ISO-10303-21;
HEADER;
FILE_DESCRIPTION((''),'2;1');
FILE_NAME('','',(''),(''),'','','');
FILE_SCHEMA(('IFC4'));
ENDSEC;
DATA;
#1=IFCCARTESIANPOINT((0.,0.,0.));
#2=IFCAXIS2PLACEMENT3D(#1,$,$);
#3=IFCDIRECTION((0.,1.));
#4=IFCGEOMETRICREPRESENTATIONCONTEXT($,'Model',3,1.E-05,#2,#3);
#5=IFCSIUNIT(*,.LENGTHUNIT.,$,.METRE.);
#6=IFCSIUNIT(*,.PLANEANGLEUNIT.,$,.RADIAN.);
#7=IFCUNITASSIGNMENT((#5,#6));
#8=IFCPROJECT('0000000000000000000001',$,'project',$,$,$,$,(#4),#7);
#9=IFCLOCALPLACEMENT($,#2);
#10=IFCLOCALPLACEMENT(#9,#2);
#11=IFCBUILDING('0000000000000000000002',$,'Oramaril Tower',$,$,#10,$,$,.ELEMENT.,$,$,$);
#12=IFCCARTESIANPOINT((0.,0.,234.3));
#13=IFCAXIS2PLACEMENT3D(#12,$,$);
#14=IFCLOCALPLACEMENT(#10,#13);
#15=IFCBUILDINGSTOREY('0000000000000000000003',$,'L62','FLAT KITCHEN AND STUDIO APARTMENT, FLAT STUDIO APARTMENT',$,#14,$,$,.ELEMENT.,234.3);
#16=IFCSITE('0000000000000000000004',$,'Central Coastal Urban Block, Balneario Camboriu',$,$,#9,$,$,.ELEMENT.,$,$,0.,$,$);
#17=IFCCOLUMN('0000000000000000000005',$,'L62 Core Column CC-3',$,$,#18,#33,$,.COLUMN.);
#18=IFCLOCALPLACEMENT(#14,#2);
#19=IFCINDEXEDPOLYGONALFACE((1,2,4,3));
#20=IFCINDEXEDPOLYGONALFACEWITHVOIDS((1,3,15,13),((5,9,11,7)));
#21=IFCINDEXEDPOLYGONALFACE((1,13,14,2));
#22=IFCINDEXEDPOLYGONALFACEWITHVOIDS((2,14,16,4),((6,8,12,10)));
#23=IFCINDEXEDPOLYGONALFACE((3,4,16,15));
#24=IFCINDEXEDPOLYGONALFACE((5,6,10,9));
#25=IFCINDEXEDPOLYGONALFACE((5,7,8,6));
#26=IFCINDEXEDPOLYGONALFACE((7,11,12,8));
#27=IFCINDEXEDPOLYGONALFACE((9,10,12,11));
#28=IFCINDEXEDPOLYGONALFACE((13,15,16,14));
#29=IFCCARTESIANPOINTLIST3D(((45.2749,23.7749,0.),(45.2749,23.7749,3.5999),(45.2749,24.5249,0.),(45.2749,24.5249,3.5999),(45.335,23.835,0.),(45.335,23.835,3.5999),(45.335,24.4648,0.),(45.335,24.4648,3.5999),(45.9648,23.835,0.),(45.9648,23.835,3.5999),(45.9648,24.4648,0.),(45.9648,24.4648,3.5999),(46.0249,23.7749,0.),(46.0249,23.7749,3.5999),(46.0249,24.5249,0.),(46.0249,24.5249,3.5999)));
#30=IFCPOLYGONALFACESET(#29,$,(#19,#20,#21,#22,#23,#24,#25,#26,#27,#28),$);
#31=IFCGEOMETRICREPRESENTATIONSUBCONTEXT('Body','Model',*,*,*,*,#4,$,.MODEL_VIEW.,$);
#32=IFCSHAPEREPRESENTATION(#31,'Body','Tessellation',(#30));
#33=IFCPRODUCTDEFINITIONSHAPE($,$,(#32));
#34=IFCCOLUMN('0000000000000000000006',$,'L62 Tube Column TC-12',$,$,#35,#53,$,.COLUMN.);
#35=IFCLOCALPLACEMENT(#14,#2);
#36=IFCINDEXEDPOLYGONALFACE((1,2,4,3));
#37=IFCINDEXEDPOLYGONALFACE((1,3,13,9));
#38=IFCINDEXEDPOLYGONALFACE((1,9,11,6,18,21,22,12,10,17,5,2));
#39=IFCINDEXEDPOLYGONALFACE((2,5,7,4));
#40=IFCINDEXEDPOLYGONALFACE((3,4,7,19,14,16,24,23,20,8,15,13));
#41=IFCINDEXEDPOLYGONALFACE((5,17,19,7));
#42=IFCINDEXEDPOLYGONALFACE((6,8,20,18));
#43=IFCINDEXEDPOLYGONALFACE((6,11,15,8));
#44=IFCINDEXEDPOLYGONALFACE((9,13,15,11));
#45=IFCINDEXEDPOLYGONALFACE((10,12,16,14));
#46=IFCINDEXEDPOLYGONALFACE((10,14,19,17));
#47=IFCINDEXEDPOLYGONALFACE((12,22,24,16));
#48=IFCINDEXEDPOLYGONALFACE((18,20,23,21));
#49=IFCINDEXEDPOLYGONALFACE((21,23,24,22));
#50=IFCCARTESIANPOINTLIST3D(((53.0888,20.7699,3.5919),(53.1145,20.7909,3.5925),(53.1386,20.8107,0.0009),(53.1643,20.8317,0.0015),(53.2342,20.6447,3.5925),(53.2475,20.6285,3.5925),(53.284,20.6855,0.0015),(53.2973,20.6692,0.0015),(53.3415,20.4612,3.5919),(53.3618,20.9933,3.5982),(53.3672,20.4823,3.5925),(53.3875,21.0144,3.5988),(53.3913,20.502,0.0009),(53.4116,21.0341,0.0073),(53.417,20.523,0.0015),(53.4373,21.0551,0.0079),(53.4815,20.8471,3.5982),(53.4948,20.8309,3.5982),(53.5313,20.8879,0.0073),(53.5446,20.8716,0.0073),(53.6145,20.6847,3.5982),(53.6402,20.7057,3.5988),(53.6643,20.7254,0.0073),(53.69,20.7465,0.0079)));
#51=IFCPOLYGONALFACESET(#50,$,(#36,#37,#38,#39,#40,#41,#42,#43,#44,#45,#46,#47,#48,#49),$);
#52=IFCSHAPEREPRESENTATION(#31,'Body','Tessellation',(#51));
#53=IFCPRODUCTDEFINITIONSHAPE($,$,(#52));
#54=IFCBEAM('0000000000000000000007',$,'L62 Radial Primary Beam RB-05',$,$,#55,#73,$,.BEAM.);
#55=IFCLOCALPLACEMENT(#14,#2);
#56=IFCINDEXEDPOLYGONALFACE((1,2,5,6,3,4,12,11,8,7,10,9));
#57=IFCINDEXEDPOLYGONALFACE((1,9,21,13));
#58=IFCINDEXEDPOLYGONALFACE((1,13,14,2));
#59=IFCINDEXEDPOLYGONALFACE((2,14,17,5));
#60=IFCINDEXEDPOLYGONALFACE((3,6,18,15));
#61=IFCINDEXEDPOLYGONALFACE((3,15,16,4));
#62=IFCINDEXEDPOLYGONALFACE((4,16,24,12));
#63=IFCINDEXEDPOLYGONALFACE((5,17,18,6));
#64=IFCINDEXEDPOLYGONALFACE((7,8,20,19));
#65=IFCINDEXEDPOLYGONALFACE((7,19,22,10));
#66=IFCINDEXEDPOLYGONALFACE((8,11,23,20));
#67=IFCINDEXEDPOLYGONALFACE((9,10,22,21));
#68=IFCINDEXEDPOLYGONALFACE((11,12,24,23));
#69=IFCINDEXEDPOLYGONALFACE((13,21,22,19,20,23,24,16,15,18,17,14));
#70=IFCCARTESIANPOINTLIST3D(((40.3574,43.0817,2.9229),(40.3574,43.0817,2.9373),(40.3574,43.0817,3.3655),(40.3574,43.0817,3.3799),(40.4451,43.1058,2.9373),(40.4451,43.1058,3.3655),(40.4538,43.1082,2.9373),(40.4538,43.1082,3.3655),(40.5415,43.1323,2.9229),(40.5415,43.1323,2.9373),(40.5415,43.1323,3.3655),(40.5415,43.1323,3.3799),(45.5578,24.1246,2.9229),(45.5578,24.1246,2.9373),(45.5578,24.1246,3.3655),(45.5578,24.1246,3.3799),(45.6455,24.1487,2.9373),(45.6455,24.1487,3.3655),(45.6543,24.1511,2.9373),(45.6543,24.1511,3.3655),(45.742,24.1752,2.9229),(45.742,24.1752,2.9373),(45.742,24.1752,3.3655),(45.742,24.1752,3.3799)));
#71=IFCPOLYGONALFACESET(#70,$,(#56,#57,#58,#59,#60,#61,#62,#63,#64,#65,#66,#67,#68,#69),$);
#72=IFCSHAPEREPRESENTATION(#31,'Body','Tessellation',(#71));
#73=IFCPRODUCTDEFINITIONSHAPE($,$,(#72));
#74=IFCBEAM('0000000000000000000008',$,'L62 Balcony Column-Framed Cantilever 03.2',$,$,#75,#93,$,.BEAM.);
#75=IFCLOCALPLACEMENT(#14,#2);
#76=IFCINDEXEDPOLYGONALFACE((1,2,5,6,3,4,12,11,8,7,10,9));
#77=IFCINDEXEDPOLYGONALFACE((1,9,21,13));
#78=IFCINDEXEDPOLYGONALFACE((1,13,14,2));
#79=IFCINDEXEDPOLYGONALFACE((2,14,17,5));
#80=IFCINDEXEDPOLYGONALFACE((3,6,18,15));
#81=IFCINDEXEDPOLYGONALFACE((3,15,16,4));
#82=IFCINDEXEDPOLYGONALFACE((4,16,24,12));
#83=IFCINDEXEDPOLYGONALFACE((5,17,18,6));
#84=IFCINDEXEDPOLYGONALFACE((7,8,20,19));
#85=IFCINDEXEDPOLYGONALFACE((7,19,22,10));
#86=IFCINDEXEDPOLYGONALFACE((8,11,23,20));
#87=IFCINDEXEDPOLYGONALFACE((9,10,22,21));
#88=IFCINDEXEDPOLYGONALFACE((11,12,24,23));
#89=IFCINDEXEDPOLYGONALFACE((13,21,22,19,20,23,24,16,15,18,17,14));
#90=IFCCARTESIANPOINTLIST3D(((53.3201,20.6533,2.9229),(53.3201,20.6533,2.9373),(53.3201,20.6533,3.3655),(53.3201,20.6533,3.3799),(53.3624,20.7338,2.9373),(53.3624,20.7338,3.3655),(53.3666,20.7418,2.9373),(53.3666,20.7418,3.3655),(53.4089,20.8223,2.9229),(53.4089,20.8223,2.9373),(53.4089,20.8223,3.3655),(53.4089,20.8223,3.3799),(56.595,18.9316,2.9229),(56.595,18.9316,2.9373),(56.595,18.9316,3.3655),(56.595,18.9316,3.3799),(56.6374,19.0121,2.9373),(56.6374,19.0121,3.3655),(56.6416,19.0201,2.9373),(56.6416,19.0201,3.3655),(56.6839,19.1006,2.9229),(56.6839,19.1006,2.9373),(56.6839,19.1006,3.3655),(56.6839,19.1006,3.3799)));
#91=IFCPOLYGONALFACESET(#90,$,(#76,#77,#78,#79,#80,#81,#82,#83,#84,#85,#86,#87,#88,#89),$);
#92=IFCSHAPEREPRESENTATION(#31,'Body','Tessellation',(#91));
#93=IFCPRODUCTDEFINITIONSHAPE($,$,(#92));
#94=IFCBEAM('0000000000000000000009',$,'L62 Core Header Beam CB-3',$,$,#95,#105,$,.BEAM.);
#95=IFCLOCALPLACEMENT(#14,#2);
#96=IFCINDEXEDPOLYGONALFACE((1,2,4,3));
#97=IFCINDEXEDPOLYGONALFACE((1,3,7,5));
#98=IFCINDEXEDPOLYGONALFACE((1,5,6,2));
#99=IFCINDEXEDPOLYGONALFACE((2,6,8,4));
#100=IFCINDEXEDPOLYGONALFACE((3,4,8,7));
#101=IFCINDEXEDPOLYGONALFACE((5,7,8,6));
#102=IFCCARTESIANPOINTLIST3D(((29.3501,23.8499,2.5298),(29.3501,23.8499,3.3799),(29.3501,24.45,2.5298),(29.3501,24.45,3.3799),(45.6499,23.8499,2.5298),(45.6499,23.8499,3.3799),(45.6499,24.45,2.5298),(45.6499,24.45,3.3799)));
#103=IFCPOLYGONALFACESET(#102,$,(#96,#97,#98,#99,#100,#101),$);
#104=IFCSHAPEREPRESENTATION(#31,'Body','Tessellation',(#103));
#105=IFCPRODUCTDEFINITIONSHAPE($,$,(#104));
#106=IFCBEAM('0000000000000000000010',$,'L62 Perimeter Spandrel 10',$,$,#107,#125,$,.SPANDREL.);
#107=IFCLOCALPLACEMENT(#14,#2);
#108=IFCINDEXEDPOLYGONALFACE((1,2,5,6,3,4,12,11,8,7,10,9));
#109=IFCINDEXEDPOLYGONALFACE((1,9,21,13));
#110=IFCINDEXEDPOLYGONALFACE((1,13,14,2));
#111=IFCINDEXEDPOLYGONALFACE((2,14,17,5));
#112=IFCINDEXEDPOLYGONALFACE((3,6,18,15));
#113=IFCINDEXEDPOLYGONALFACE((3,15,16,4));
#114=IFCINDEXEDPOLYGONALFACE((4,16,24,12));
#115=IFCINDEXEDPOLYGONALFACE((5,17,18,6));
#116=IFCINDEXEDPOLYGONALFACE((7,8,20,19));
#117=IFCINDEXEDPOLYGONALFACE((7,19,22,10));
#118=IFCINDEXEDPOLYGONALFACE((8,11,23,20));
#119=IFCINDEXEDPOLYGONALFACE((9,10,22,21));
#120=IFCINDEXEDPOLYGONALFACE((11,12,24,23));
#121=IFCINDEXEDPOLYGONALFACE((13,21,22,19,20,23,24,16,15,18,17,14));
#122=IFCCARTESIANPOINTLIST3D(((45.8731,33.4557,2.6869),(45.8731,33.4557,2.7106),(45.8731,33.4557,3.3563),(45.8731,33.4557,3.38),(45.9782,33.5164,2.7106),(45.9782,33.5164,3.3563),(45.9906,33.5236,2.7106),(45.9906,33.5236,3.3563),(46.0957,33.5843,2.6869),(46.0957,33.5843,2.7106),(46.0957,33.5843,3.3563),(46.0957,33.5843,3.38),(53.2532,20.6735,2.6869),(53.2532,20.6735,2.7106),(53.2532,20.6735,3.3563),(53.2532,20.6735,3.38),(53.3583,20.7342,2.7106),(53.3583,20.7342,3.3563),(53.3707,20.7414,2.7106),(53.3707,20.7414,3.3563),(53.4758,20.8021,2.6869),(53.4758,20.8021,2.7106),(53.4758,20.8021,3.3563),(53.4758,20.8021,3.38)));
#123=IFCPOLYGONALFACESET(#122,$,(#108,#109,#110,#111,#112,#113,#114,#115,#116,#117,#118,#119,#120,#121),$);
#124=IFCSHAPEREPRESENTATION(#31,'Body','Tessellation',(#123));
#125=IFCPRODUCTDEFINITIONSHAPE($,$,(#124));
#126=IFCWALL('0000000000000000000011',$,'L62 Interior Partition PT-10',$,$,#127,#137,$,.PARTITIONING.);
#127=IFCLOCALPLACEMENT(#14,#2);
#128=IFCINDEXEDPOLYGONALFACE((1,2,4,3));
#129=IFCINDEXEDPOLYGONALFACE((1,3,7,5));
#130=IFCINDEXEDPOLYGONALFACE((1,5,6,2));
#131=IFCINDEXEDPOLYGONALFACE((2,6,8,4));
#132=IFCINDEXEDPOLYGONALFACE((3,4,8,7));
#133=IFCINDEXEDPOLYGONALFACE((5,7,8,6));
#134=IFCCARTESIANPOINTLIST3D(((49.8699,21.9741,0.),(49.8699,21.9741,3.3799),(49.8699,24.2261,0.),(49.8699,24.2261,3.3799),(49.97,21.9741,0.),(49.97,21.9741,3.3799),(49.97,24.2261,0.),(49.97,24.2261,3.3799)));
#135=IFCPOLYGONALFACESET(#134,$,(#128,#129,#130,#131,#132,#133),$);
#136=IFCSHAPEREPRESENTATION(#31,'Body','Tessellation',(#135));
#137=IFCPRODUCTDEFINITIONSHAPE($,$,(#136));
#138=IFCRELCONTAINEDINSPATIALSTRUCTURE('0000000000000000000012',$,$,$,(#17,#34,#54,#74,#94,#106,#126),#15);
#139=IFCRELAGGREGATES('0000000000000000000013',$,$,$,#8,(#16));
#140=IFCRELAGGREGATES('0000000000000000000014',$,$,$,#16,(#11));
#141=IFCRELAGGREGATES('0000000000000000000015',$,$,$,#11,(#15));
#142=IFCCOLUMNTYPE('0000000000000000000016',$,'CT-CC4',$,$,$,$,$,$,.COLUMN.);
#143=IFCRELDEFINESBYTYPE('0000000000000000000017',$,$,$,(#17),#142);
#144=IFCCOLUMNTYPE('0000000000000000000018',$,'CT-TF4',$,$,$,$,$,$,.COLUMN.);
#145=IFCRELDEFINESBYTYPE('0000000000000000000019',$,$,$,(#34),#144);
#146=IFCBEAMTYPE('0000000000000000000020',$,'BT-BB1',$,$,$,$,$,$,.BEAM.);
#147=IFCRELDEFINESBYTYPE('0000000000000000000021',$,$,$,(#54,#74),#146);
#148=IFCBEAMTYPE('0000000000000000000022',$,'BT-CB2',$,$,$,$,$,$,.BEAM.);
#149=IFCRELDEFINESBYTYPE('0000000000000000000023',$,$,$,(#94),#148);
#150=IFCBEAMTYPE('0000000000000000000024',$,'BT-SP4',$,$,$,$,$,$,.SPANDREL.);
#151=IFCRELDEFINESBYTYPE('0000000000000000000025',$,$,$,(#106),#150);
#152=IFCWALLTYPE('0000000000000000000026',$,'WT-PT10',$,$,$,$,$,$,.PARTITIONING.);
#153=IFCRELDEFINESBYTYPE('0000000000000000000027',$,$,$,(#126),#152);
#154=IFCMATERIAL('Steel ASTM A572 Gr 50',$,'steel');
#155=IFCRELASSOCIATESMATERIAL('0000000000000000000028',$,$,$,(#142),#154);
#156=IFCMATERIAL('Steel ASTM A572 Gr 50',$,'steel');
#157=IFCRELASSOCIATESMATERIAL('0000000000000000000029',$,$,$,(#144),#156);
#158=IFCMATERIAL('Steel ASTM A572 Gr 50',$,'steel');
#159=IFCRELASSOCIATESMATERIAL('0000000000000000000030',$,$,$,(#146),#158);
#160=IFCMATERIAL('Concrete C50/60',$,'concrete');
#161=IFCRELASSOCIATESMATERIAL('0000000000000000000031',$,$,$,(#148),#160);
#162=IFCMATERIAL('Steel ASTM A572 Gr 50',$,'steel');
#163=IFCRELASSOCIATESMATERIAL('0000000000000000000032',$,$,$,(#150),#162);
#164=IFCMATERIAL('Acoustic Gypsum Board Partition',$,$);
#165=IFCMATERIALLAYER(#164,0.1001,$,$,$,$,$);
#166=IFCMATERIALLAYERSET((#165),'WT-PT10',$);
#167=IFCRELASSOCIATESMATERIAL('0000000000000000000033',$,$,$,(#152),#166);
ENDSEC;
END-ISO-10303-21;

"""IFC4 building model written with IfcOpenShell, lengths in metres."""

from ifc_helpers import new_model, si_unit, direction, frame, frame_2d, origin, origin_2d, place, context, subcontext, project, spatial, rectangle, hollow_rectangle, i_section, extrude, material, layer, layer_set, material_profile, profile_set, type_object, element, save


model = new_model("IFC4")

# Units and contexts
model_context = context("Model", 3, precision=1e-05, world=origin(), true_north=direction((0.0, 1.0)))
body_context = subcontext(model_context, "Body", "Model", "MODEL_VIEW")
ifc_project = project(units=[si_unit("LENGTHUNIT", "METRE"), si_unit("PLANEANGLEUNIT", "RADIAN")], contexts=[model_context])

# Site, building, storey
site_placement = place(None, origin())
site = spatial("IfcSite", under=ifc_project, at=site_placement, Name="Central Coastal Urban Block, Balneario Camboriu", CompositionType="ELEMENT", RefElevation=0.0)
building_placement = place(site_placement, origin())
building = spatial("IfcBuilding", under=site, at=building_placement, Name="Oramaril Tower", CompositionType="ELEMENT")
storey_placement = place(building_placement, frame((0.0, 0.0, 234.3)))
storey = spatial("IfcBuildingStorey", under=building, at=storey_placement, Name="L62", Description="FLAT KITCHEN AND STUDIO APARTMENT, FLAT STUDIO APARTMENT", CompositionType="ELEMENT", Elevation=234.3)

# Columns
ifc_material_1 = material(Name="Steel ASTM A572 Gr 50", Category="steel")
ifc_material_profile_1 = material_profile(ifc_material_1, hollow_rectangle(XDim=0.75, YDim=0.75, WallThickness=0.0601, at=origin_2d()), Name="BOX750X750X60")
ifc_profile_set_1 = profile_set([ifc_material_profile_1], Name="Steel ASTM A572 Gr 50")
column_type_1 = type_object("IfcColumnType", Name="CT-CC4", PredefinedType="COLUMN", material=ifc_profile_set_1)
column_1_placement = place(storey_placement, frame((45.6499, 24.1499, 0.0), z_axis=(0.0, 0.0, 1.0), x_axis=(1.0, 0.0, 0.0)))
element("IfcColumn", 1, at=column_1_placement, inside=storey, type_object=column_type_1, Name="L62 Core Column CC-3", PredefinedType="COLUMN", context=body_context, shape_type="SweptSolid", body=[
    extrude(hollow_rectangle(XDim=0.75, YDim=0.75, WallThickness=0.0601, at=origin_2d()), origin(), (0.0, 0.0, 1.0), 3.5999),
])
ifc_material_2 = material(Name="Steel ASTM A572 Gr 50", Category="steel")
ifc_material_profile_2 = material_profile(ifc_material_2, i_section(OverallWidth=0.3989, OverallDepth=0.386, WebThickness=0.021, FlangeThickness=0.0332, at=origin_2d()), Name="W14X176")
ifc_profile_set_2 = profile_set([ifc_material_profile_2], Name="Steel ASTM A572 Gr 50")
column_type_2 = type_object("IfcColumnType", Name="CT-TF4", PredefinedType="COLUMN", material=ifc_profile_set_2)
column_2_placement = place(storey_placement, frame((53.4143, 20.7786, 0.0044), z_axis=(-0.013867, -0.011352, 0.999839), x_axis=(0.633444, -0.773788, 0.0)))
element("IfcColumn", 2, at=column_2_placement, inside=storey, type_object=column_type_2, Name="L62 Tube Column TC-12", PredefinedType="COLUMN", context=body_context, shape_type="SweptSolid", body=[
    extrude(i_section(OverallWidth=0.3989, OverallDepth=0.386, WebThickness=0.021, FlangeThickness=0.0332, at=origin_2d()), origin(), (0.0, 0.0, 1.0), 3.5916),
])

# Beams
ifc_material_3 = material(Name="Steel ASTM A572 Gr 50", Category="steel")
ifc_material_profile_3 = material_profile(ifc_material_3, i_section(OverallWidth=0.1909, OverallDepth=0.457, WebThickness=0.009, FlangeThickness=0.0144, at=origin_2d()), Name="W18X50")
ifc_profile_set_3 = profile_set([ifc_material_profile_3], Name="Steel ASTM A572 Gr 50")
beam_type_1 = type_object("IfcBeamType", Name="BT-BB1", PredefinedType="BEAM", material=ifc_profile_set_3)
beam_1_placement = place(storey_placement, frame((45.6499, 24.1499, 3.1514), z_axis=(-0.264554, 0.964371, 0.0), x_axis=(-0.964371, -0.264554, 0.0)))
element("IfcBeam", 3, at=beam_1_placement, inside=storey, type_object=beam_type_1, Name="L62 Radial Primary Beam RB-05", PredefinedType="BEAM", context=body_context, shape_type="SweptSolid", body=[
    extrude(i_section(OverallWidth=0.1909, OverallDepth=0.457, WebThickness=0.009, FlangeThickness=0.0144, at=origin_2d()), origin(), (0.0, 0.0, 1.0), 19.6575),
])
beam_2_placement = place(storey_placement, frame((53.3645, 20.7378, 3.1514), z_axis=(0.885136, -0.465333, 0.0), x_axis=(0.465333, 0.885136, 0.0)))
element("IfcBeam", 4, at=beam_2_placement, inside=storey, type_object=beam_type_1, Name="L62 Balcony Column-Framed Cantilever 03.2", PredefinedType="BEAM", context=body_context, shape_type="SweptSolid", body=[
    extrude(i_section(OverallWidth=0.1909, OverallDepth=0.457, WebThickness=0.009, FlangeThickness=0.0144, at=origin_2d()), origin(), (0.0, 0.0, 1.0), 3.7),
])
ifc_material_4 = material(Name="Concrete C50/60", Category="concrete")
ifc_material_profile_4 = material_profile(ifc_material_4, rectangle(XDim=0.6001, YDim=0.8501, at=origin_2d()), Name="CB600X850")
ifc_profile_set_4 = profile_set([ifc_material_profile_4], Name="Concrete C50/60")
beam_type_2 = type_object("IfcBeamType", Name="BT-CB2", PredefinedType="BEAM", material=ifc_profile_set_4)
beam_3_placement = place(storey_placement, frame((45.6499, 24.1499, 2.9548), z_axis=(-1.0, 0.0, 0.0), x_axis=(0.0, -1.0, 0.0)))
element("IfcBeam", 5, at=beam_3_placement, inside=storey, type_object=beam_type_2, Name="L62 Core Header Beam CB-3", PredefinedType="BEAM", context=body_context, shape_type="SweptSolid", body=[
    extrude(rectangle(XDim=0.6001, YDim=0.8501, at=origin_2d()), origin(), (0.0, 0.0, 1.0), 16.2998),
])
ifc_material_5 = material(Name="Steel ASTM A572 Gr 50", Category="steel")
ifc_material_profile_5 = material_profile(ifc_material_5, i_section(OverallWidth=0.2571, OverallDepth=0.6931, WebThickness=0.0144, FlangeThickness=0.0237, at=origin_2d()), Name="W27X114")
ifc_profile_set_5 = profile_set([ifc_material_profile_5], Name="Steel ASTM A572 Gr 50")
beam_type_3 = type_object("IfcBeamType", Name="BT-SP4", PredefinedType="SPANDREL", material=ifc_profile_set_5)
beam_4_placement = place(storey_placement, frame((53.3645, 20.7378, 3.0334), z_axis=(-0.500015, 0.866016, 0.0), x_axis=(-0.866016, -0.500015, 0.0)))
element("IfcBeam", 6, at=beam_4_placement, inside=storey, type_object=beam_type_3, Name="L62 Perimeter Spandrel 10", PredefinedType="SPANDREL", context=body_context, shape_type="SweptSolid", body=[
    extrude(i_section(OverallWidth=0.2571, OverallDepth=0.6931, WebThickness=0.0144, FlangeThickness=0.0237, at=origin_2d()), origin(), (0.0, 0.0, 1.0), 14.7598),
])

# Wall
ifc_material_6 = material(Name="Acoustic Gypsum Board Partition")
ifc_layer_1 = layer(ifc_material_6, 0.1001)
ifc_layer_set_1 = layer_set([ifc_layer_1], Name="WT-PT10")
wall_type_1 = type_object("IfcWallType", Name="WT-PT10", PredefinedType="PARTITIONING", material=ifc_layer_set_1)
wall_1_placement = place(storey_placement, frame((49.9199, 21.9741, 0.0), z_axis=(0.0, 0.0, 1.0), x_axis=(0.0, 1.0, 0.0)))
element("IfcWall", 7, at=wall_1_placement, inside=storey, type_object=wall_type_1, Name="L62 Interior Partition PT-10", PredefinedType="PARTITIONING", context=body_context, shape_type="SweptSolid", body=[
    extrude(rectangle(XDim=2.252, YDim=0.1001, at=frame_2d((1.126, 0.0))), origin(), (0.0, 0.0, 1.0), 3.3799),
])

save(model, "model.ifc")
